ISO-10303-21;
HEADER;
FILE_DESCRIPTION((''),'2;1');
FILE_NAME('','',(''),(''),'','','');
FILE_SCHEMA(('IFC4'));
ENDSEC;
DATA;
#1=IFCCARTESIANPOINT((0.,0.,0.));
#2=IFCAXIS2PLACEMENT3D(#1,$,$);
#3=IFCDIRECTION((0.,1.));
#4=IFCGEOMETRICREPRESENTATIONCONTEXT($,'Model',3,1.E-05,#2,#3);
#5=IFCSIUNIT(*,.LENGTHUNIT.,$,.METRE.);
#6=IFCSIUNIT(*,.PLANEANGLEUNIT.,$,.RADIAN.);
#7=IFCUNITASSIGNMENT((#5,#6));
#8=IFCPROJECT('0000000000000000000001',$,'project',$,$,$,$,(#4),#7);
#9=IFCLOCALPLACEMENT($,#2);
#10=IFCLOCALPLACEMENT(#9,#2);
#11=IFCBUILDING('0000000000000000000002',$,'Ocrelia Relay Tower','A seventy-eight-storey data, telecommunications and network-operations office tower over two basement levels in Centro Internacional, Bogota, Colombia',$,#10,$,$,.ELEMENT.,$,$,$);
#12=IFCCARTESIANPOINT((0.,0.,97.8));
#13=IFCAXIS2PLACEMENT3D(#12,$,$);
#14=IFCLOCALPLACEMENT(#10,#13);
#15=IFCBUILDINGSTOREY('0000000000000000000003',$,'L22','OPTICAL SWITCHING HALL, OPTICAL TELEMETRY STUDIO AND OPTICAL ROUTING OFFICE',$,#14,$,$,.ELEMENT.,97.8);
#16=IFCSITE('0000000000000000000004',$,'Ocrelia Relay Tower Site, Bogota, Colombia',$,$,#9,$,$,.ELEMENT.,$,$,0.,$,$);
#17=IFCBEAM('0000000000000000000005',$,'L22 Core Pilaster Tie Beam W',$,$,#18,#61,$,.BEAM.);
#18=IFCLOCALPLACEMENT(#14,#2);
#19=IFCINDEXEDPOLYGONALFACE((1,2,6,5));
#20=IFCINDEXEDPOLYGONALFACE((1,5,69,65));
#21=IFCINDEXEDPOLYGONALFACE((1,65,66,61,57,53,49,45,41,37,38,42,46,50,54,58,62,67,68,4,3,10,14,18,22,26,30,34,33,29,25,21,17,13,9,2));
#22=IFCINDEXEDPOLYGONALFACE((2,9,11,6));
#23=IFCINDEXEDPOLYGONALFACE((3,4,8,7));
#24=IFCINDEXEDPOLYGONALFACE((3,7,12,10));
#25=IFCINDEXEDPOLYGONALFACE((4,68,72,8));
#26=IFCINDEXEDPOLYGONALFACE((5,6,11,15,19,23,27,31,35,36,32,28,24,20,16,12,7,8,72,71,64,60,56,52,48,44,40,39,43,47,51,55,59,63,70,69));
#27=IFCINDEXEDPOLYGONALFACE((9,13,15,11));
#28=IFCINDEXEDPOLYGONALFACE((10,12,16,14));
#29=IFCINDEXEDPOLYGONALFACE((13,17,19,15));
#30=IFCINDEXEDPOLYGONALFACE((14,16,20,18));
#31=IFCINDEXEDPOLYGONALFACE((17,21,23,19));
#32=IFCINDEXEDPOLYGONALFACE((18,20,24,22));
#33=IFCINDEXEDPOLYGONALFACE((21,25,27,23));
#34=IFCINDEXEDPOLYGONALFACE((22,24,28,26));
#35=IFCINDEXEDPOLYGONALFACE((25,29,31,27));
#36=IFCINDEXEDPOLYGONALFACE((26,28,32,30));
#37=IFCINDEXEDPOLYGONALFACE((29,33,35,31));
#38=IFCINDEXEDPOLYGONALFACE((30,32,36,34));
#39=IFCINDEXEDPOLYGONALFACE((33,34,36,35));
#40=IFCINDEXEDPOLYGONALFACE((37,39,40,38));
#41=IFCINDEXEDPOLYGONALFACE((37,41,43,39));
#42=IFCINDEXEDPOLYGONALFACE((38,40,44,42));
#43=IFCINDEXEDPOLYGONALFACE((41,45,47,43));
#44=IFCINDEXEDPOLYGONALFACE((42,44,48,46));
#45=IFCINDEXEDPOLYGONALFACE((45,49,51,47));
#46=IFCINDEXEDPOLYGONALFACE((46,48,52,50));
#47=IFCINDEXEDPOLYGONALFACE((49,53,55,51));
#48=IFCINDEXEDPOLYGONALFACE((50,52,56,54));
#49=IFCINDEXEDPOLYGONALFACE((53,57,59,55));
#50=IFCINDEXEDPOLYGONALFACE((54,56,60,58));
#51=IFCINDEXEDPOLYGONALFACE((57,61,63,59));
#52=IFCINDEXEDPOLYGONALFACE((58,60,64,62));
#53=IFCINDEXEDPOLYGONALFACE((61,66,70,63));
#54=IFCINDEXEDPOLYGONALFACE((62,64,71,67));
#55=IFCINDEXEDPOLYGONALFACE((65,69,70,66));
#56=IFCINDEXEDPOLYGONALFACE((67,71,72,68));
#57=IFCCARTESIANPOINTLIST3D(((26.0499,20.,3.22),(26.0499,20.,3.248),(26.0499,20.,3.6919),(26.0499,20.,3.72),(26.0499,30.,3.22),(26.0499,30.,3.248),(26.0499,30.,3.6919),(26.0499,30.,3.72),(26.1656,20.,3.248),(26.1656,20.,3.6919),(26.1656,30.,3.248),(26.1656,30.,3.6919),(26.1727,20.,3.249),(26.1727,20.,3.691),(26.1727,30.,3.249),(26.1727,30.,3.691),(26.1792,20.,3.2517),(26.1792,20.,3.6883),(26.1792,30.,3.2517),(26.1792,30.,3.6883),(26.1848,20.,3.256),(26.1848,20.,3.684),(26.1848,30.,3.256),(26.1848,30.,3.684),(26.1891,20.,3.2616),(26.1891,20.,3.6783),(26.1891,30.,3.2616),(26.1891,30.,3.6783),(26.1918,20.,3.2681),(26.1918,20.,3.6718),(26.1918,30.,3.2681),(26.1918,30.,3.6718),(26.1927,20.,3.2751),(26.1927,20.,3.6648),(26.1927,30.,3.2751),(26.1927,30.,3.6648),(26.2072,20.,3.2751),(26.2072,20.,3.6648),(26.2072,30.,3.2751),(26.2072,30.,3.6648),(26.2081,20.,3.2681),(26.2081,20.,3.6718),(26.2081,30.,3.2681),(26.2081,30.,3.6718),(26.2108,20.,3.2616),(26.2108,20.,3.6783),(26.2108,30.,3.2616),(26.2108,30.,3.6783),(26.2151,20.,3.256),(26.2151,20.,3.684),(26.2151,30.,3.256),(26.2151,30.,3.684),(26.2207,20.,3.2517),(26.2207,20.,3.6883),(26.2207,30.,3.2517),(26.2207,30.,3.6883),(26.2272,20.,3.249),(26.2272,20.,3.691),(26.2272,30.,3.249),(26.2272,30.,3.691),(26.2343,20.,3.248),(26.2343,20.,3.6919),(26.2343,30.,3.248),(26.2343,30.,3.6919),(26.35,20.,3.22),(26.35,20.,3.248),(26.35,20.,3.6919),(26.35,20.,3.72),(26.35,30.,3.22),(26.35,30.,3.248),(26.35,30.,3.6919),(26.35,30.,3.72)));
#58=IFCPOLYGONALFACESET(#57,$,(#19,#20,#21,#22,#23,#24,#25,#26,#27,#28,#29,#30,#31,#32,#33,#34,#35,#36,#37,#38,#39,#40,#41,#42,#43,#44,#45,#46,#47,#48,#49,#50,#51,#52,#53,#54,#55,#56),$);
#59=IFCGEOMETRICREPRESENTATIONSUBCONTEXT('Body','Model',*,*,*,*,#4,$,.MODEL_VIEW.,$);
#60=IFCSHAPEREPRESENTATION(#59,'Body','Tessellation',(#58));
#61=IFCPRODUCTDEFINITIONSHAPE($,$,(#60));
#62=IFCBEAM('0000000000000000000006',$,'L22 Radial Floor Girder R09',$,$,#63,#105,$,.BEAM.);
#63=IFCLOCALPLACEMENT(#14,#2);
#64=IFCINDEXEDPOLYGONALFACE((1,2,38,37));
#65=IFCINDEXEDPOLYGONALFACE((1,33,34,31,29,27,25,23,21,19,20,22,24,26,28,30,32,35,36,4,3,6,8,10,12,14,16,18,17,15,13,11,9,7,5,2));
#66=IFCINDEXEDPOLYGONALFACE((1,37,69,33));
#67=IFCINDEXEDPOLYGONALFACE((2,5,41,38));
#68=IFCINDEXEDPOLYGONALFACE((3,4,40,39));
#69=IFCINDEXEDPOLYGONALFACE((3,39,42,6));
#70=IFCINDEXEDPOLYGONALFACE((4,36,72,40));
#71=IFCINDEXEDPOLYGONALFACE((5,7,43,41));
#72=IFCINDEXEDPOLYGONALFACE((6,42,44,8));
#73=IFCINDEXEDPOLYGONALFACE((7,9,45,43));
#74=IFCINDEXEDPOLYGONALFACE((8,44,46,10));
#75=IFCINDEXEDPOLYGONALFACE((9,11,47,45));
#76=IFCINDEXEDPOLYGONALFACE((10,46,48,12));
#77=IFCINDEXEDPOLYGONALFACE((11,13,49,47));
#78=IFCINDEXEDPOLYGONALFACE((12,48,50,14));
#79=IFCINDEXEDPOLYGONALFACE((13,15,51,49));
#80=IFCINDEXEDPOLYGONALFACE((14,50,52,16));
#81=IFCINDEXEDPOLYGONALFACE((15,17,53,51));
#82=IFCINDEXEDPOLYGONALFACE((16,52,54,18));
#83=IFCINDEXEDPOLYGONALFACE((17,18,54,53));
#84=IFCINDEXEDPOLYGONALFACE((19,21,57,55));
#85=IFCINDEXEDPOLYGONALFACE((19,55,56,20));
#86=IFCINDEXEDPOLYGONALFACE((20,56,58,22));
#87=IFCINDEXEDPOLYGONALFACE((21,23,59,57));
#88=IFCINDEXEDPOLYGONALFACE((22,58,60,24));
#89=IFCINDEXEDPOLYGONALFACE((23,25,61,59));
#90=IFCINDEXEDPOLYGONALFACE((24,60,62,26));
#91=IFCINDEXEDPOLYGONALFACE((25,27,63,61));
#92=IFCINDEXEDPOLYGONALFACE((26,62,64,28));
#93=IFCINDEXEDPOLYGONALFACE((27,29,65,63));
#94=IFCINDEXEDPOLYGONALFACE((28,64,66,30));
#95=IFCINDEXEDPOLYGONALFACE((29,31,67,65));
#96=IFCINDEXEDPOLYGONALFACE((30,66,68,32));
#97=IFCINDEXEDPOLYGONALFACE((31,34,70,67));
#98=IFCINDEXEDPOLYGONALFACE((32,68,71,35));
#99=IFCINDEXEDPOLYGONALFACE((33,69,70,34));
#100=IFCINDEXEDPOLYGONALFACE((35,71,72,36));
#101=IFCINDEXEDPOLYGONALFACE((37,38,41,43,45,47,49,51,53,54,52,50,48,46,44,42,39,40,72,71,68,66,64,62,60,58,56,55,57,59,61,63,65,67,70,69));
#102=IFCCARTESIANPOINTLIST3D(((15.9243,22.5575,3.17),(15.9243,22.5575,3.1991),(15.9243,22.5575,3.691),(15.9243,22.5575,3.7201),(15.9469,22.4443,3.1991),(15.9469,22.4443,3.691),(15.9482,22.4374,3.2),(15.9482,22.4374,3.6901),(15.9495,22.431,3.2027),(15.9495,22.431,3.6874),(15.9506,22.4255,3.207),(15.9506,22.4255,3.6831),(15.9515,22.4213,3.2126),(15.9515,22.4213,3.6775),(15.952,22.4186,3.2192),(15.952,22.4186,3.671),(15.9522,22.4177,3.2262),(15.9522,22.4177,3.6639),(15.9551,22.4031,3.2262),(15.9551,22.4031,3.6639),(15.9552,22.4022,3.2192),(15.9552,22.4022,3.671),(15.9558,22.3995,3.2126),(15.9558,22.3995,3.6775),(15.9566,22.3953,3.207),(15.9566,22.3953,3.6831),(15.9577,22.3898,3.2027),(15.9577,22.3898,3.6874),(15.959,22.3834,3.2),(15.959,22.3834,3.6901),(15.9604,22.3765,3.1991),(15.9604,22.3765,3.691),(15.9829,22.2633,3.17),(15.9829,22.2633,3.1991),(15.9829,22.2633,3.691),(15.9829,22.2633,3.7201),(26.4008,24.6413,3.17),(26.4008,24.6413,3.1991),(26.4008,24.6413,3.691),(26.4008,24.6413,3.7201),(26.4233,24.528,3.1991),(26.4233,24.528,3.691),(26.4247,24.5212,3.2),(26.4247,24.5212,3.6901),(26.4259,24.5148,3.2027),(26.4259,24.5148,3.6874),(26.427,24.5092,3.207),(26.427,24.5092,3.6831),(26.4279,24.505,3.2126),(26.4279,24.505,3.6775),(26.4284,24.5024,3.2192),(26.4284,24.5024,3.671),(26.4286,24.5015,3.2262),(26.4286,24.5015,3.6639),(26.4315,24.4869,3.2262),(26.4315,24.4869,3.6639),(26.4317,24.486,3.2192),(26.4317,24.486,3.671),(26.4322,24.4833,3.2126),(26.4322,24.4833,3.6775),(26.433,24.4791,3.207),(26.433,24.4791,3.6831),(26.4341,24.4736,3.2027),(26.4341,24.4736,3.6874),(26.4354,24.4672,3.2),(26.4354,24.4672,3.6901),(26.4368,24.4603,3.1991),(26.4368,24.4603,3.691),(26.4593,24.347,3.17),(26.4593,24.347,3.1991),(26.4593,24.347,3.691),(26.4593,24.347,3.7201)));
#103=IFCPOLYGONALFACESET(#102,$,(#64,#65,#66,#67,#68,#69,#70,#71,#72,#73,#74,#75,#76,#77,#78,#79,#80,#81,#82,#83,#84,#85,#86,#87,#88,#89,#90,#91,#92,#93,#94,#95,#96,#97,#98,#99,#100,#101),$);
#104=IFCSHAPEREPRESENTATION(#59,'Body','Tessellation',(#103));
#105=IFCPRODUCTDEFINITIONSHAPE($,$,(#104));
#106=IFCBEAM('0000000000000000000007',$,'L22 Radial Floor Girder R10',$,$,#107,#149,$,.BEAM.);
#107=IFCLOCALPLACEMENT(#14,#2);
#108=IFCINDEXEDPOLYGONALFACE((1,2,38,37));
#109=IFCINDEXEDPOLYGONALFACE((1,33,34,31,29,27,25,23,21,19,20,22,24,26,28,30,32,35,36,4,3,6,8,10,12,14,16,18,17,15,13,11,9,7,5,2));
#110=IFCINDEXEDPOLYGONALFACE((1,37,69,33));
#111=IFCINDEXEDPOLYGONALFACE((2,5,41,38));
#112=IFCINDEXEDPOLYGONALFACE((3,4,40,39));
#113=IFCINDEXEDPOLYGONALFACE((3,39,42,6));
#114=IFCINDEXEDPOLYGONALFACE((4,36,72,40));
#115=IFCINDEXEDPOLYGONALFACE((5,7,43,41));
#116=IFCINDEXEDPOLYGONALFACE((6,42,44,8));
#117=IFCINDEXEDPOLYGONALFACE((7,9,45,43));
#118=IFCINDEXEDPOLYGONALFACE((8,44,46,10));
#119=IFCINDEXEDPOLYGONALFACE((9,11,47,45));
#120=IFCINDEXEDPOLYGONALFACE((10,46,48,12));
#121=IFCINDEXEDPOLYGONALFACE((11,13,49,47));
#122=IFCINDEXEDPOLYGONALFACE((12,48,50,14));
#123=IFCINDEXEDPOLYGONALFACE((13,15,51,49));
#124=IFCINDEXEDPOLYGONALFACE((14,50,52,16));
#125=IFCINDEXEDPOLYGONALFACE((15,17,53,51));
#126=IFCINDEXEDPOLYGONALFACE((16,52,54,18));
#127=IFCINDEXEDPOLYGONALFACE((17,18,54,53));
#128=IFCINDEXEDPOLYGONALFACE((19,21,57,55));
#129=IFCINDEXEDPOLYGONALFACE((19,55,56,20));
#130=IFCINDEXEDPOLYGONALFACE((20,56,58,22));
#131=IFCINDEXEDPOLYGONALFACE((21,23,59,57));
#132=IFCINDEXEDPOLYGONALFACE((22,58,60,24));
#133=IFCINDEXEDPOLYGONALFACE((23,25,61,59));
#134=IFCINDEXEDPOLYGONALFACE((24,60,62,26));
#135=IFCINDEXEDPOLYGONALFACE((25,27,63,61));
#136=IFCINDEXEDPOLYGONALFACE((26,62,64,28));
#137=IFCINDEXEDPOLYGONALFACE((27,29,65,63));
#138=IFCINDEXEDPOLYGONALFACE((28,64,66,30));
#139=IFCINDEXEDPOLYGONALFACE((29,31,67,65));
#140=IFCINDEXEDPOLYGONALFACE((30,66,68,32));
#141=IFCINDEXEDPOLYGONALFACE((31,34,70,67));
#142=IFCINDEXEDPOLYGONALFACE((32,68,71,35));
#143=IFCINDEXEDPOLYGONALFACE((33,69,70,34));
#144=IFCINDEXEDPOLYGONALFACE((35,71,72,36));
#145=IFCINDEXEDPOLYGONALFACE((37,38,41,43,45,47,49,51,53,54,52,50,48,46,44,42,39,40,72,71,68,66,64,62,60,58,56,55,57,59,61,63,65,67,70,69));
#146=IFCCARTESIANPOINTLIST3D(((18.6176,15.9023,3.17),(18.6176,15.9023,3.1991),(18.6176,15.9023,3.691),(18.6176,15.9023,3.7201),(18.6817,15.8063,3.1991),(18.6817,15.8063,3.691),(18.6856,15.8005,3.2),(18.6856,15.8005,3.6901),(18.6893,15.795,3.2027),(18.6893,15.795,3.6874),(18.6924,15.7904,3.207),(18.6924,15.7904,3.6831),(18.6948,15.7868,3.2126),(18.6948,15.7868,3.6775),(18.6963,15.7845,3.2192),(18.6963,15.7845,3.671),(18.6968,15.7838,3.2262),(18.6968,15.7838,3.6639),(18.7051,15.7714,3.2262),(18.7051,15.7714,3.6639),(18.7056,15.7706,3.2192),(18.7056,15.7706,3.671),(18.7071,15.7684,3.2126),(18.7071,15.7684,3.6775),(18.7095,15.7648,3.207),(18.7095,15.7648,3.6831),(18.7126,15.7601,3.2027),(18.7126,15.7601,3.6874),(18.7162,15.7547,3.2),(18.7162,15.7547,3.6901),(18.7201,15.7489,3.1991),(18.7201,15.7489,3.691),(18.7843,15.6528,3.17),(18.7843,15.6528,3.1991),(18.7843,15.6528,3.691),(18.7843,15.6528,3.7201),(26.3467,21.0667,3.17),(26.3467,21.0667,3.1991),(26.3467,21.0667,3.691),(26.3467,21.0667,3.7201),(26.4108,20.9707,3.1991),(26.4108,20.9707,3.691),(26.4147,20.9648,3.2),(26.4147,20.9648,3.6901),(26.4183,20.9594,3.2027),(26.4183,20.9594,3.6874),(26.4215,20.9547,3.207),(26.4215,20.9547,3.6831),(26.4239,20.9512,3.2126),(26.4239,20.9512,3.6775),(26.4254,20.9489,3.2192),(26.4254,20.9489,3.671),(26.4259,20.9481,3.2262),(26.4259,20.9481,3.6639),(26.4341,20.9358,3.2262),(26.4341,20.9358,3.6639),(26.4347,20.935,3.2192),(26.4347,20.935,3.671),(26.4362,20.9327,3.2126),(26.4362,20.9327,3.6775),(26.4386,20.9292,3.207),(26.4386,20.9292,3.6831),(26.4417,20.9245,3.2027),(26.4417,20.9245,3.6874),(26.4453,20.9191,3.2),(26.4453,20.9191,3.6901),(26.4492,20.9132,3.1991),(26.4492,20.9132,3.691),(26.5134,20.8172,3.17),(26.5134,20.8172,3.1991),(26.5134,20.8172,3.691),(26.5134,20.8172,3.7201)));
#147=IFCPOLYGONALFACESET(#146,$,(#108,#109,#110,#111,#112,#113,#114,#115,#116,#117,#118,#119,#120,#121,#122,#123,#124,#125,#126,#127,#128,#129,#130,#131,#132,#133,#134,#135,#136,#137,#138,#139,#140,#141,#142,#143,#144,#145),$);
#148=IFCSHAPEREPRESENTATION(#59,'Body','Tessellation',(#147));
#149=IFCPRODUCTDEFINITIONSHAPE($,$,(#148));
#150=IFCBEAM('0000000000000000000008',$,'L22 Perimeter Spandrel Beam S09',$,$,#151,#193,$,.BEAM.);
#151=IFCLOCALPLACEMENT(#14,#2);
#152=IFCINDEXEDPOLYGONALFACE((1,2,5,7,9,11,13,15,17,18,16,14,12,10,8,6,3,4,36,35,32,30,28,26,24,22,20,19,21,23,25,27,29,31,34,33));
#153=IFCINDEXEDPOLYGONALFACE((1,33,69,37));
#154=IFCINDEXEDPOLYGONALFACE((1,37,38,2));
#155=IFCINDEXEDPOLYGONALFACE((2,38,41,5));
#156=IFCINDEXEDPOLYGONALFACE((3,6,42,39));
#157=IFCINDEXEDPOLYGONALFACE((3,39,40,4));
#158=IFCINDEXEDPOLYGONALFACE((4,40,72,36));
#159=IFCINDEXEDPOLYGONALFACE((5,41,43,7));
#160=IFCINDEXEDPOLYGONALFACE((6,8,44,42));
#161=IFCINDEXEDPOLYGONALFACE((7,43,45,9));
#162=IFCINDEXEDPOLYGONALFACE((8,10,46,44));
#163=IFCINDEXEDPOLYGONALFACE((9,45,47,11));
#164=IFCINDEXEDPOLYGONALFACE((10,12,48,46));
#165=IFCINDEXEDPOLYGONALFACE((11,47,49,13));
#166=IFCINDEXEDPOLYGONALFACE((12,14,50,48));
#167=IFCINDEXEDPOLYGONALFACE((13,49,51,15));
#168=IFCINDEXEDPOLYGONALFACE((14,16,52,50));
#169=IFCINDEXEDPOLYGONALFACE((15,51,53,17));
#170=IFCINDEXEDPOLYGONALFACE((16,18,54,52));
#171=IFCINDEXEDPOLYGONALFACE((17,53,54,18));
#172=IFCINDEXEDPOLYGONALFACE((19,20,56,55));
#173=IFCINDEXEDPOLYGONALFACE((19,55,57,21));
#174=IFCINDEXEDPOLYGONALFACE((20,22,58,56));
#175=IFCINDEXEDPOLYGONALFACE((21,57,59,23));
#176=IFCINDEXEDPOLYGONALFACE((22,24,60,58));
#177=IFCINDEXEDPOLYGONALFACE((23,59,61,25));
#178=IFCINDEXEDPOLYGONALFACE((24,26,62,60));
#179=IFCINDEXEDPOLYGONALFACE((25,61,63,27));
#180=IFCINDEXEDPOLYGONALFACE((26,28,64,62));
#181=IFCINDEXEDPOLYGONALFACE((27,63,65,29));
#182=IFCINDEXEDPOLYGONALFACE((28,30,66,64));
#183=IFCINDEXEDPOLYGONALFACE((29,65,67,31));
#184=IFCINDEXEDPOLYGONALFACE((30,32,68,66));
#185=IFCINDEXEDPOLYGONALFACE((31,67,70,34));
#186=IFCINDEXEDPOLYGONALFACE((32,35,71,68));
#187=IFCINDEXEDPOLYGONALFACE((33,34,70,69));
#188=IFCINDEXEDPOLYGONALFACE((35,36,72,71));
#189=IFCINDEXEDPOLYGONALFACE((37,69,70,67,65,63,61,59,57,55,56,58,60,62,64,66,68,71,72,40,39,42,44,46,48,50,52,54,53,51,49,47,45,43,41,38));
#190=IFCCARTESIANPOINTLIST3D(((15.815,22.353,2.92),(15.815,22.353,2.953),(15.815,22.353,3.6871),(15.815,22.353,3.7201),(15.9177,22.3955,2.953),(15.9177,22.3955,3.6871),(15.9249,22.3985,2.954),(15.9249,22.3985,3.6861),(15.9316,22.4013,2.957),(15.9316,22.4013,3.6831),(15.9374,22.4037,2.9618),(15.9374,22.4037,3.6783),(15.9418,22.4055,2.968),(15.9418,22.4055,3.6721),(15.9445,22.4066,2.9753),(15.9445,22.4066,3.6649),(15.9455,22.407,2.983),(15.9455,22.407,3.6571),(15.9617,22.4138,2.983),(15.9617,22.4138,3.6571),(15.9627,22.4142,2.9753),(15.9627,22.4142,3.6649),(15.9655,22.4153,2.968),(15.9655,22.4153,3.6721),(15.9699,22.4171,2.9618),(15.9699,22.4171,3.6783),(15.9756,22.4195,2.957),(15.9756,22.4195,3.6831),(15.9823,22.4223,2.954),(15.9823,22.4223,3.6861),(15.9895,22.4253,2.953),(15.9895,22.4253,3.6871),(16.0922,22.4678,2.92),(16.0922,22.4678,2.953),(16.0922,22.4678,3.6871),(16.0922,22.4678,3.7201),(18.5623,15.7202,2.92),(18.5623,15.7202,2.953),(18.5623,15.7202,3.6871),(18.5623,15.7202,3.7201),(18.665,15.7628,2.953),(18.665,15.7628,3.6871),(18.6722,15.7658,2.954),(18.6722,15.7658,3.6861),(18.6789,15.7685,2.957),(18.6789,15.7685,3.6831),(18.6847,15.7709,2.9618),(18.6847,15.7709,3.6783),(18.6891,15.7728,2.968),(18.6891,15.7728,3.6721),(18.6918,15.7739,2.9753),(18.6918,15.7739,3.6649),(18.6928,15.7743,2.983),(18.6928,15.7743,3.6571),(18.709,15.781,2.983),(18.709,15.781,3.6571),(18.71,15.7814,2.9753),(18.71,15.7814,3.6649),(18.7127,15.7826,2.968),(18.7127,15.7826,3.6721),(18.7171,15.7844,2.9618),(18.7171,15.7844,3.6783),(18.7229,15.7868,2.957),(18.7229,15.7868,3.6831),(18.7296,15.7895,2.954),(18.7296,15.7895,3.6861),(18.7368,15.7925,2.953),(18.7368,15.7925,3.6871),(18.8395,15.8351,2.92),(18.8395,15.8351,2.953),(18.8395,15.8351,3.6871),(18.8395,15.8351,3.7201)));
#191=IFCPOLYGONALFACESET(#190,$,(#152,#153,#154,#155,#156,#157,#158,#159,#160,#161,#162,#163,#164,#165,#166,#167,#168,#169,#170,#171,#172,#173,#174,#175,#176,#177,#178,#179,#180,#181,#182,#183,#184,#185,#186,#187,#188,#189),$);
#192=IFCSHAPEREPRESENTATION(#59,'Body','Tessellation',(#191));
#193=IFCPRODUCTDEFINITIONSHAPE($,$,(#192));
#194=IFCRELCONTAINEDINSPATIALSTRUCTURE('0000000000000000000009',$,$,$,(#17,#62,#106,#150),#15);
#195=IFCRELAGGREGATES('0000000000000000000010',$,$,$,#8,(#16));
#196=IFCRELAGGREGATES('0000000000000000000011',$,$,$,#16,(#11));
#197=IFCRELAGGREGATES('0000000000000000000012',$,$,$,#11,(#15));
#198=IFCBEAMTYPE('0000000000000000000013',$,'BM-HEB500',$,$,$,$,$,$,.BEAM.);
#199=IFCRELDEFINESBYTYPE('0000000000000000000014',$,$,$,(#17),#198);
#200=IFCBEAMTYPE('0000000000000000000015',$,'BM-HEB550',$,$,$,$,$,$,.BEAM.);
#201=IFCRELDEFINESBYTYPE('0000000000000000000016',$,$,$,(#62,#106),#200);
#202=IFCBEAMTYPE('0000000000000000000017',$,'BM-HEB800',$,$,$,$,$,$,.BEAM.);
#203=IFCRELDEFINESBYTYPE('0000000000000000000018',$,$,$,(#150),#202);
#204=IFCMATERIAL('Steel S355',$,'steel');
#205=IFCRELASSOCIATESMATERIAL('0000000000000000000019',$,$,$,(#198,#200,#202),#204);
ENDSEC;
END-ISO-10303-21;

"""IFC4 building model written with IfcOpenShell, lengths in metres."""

from ifc_helpers import new_model, si_unit, direction, frame, origin, origin_2d, place, context, subcontext, project, spatial, i_section, extrude, material, material_profile, profile_set, type_object, element, save


model = new_model("IFC4")

# Units and contexts
model_context = context("Model", 3, precision=1e-05, world=origin(), true_north=direction((0.0, 1.0)))
body_context = subcontext(model_context, "Body", "Model", "MODEL_VIEW")
ifc_project = project(units=[si_unit("LENGTHUNIT", "METRE"), si_unit("PLANEANGLEUNIT", "RADIAN")], contexts=[model_context])

# Site, building, storey
site_placement = place(None, origin())
site = spatial("IfcSite", under=ifc_project, at=site_placement, Name="Ocrelia Relay Tower Site, Bogota, Colombia", CompositionType="ELEMENT", RefElevation=0.0)
building_placement = place(site_placement, origin())
building = spatial("IfcBuilding", under=site, at=building_placement, Name="Ocrelia Relay Tower", Description="A seventy-eight-storey data, telecommunications and network-operations office tower over two basement levels in Centro Internacional, Bogota, Colombia", CompositionType="ELEMENT")
storey_placement = place(building_placement, frame((0.0, 0.0, 97.8)))
storey = spatial("IfcBuildingStorey", under=building, at=storey_placement, Name="L22", Description="OPTICAL SWITCHING HALL, OPTICAL TELEMETRY STUDIO AND OPTICAL ROUTING OFFICE", CompositionType="ELEMENT", Elevation=97.8)

# Beams
ifc_material_1 = material(Name="Steel S355", Category="steel")
ifc_material_profile_1 = material_profile(ifc_material_1, i_section(OverallWidth=0.3, OverallDepth=0.5, WebThickness=0.0144, FlangeThickness=0.0281, FilletRadius=0.0271, at=origin_2d()), Name="HEB 500")
ifc_profile_set_1 = profile_set([ifc_material_profile_1], Name="Steel S355")
beam_type_1 = type_object("IfcBeamType", Name="BM-HEB500", PredefinedType="BEAM", material=ifc_profile_set_1)
beam_1_placement = place(storey_placement, frame((26.2, 20.0, 3.47), z_axis=(0.0, 1.0, 0.0), x_axis=(-1.0, 0.0, 0.0)))
element("IfcBeam", 1, at=beam_1_placement, inside=storey, type_object=beam_type_1, Name="L22 Core Pilaster Tie Beam W", PredefinedType="BEAM", context=body_context, shape_type="SweptSolid", body=[
    extrude(i_section(OverallWidth=0.3, OverallDepth=0.5, WebThickness=0.0144, FlangeThickness=0.0281, FilletRadius=0.0271, at=origin_2d()), origin(), (0.0, 0.0, 1.0), 10.0),
])
ifc_material_profile_2 = material_profile(ifc_material_1, i_section(OverallWidth=0.3, OverallDepth=0.55, WebThickness=0.0149, FlangeThickness=0.0291, FilletRadius=0.0271, at=origin_2d()), Name="HEB 550")
ifc_profile_set_2 = profile_set([ifc_material_profile_2], Name="Steel S355")
beam_type_2 = type_object("IfcBeamType", Name="BM-HEB550", PredefinedType="BEAM", material=ifc_profile_set_2)
beam_2_placement = place(storey_placement, frame((15.9536, 22.4104, 3.4451), z_axis=(0.980788, 0.195079, 0.0), x_axis=(-0.195079, 0.980788, 0.0)))
element("IfcBeam", 2, at=beam_2_placement, inside=storey, type_object=beam_type_2, Name="L22 Radial Floor Girder R09", PredefinedType="BEAM", context=body_context, shape_type="SweptSolid", body=[
    extrude(i_section(OverallWidth=0.3, OverallDepth=0.55, WebThickness=0.0149, FlangeThickness=0.0291, FilletRadius=0.0271, at=origin_2d()), origin(), (0.0, 0.0, 1.0), 10.6816),
])
beam_3_placement = place(storey_placement, frame((18.7009, 15.7776, 3.4451), z_axis=(0.831472, 0.555567, 0.0), x_axis=(-0.555567, 0.831472, 0.0)))
element("IfcBeam", 3, at=beam_3_placement, inside=storey, type_object=beam_type_2, Name="L22 Radial Floor Girder R10", PredefinedType="BEAM", context=body_context, shape_type="SweptSolid", body=[
    extrude(i_section(OverallWidth=0.3, OverallDepth=0.55, WebThickness=0.0149, FlangeThickness=0.0291, FilletRadius=0.0271, at=origin_2d()), origin(), (0.0, 0.0, 1.0), 9.2957),
])
ifc_material_profile_3 = material_profile(ifc_material_1, i_section(OverallWidth=0.3, OverallDepth=0.8, WebThickness=0.0176, FlangeThickness=0.033, FilletRadius=0.03, at=origin_2d()), Name="HEB 800")
ifc_profile_set_3 = profile_set([ifc_material_profile_3], Name="Steel S355")
beam_type_3 = type_object("IfcBeamType", Name="BM-HEB800", PredefinedType="BEAM", material=ifc_profile_set_3)
beam_4_placement = place(storey_placement, frame((15.9536, 22.4104, 3.3201), z_axis=(0.382673, -0.923884, 0.0), x_axis=(0.923884, 0.382673, 0.0)))
element("IfcBeam", 4, at=beam_4_placement, inside=storey, type_object=beam_type_3, Name="L22 Perimeter Spandrel Beam S09", PredefinedType="BEAM", context=body_context, shape_type="SweptSolid", body=[
    extrude(i_section(OverallWidth=0.3, OverallDepth=0.8, WebThickness=0.0176, FlangeThickness=0.033, FilletRadius=0.03, at=origin_2d()), origin(), (0.0, 0.0, 1.0), 7.1792),
])

save(model, "model.ifc")
